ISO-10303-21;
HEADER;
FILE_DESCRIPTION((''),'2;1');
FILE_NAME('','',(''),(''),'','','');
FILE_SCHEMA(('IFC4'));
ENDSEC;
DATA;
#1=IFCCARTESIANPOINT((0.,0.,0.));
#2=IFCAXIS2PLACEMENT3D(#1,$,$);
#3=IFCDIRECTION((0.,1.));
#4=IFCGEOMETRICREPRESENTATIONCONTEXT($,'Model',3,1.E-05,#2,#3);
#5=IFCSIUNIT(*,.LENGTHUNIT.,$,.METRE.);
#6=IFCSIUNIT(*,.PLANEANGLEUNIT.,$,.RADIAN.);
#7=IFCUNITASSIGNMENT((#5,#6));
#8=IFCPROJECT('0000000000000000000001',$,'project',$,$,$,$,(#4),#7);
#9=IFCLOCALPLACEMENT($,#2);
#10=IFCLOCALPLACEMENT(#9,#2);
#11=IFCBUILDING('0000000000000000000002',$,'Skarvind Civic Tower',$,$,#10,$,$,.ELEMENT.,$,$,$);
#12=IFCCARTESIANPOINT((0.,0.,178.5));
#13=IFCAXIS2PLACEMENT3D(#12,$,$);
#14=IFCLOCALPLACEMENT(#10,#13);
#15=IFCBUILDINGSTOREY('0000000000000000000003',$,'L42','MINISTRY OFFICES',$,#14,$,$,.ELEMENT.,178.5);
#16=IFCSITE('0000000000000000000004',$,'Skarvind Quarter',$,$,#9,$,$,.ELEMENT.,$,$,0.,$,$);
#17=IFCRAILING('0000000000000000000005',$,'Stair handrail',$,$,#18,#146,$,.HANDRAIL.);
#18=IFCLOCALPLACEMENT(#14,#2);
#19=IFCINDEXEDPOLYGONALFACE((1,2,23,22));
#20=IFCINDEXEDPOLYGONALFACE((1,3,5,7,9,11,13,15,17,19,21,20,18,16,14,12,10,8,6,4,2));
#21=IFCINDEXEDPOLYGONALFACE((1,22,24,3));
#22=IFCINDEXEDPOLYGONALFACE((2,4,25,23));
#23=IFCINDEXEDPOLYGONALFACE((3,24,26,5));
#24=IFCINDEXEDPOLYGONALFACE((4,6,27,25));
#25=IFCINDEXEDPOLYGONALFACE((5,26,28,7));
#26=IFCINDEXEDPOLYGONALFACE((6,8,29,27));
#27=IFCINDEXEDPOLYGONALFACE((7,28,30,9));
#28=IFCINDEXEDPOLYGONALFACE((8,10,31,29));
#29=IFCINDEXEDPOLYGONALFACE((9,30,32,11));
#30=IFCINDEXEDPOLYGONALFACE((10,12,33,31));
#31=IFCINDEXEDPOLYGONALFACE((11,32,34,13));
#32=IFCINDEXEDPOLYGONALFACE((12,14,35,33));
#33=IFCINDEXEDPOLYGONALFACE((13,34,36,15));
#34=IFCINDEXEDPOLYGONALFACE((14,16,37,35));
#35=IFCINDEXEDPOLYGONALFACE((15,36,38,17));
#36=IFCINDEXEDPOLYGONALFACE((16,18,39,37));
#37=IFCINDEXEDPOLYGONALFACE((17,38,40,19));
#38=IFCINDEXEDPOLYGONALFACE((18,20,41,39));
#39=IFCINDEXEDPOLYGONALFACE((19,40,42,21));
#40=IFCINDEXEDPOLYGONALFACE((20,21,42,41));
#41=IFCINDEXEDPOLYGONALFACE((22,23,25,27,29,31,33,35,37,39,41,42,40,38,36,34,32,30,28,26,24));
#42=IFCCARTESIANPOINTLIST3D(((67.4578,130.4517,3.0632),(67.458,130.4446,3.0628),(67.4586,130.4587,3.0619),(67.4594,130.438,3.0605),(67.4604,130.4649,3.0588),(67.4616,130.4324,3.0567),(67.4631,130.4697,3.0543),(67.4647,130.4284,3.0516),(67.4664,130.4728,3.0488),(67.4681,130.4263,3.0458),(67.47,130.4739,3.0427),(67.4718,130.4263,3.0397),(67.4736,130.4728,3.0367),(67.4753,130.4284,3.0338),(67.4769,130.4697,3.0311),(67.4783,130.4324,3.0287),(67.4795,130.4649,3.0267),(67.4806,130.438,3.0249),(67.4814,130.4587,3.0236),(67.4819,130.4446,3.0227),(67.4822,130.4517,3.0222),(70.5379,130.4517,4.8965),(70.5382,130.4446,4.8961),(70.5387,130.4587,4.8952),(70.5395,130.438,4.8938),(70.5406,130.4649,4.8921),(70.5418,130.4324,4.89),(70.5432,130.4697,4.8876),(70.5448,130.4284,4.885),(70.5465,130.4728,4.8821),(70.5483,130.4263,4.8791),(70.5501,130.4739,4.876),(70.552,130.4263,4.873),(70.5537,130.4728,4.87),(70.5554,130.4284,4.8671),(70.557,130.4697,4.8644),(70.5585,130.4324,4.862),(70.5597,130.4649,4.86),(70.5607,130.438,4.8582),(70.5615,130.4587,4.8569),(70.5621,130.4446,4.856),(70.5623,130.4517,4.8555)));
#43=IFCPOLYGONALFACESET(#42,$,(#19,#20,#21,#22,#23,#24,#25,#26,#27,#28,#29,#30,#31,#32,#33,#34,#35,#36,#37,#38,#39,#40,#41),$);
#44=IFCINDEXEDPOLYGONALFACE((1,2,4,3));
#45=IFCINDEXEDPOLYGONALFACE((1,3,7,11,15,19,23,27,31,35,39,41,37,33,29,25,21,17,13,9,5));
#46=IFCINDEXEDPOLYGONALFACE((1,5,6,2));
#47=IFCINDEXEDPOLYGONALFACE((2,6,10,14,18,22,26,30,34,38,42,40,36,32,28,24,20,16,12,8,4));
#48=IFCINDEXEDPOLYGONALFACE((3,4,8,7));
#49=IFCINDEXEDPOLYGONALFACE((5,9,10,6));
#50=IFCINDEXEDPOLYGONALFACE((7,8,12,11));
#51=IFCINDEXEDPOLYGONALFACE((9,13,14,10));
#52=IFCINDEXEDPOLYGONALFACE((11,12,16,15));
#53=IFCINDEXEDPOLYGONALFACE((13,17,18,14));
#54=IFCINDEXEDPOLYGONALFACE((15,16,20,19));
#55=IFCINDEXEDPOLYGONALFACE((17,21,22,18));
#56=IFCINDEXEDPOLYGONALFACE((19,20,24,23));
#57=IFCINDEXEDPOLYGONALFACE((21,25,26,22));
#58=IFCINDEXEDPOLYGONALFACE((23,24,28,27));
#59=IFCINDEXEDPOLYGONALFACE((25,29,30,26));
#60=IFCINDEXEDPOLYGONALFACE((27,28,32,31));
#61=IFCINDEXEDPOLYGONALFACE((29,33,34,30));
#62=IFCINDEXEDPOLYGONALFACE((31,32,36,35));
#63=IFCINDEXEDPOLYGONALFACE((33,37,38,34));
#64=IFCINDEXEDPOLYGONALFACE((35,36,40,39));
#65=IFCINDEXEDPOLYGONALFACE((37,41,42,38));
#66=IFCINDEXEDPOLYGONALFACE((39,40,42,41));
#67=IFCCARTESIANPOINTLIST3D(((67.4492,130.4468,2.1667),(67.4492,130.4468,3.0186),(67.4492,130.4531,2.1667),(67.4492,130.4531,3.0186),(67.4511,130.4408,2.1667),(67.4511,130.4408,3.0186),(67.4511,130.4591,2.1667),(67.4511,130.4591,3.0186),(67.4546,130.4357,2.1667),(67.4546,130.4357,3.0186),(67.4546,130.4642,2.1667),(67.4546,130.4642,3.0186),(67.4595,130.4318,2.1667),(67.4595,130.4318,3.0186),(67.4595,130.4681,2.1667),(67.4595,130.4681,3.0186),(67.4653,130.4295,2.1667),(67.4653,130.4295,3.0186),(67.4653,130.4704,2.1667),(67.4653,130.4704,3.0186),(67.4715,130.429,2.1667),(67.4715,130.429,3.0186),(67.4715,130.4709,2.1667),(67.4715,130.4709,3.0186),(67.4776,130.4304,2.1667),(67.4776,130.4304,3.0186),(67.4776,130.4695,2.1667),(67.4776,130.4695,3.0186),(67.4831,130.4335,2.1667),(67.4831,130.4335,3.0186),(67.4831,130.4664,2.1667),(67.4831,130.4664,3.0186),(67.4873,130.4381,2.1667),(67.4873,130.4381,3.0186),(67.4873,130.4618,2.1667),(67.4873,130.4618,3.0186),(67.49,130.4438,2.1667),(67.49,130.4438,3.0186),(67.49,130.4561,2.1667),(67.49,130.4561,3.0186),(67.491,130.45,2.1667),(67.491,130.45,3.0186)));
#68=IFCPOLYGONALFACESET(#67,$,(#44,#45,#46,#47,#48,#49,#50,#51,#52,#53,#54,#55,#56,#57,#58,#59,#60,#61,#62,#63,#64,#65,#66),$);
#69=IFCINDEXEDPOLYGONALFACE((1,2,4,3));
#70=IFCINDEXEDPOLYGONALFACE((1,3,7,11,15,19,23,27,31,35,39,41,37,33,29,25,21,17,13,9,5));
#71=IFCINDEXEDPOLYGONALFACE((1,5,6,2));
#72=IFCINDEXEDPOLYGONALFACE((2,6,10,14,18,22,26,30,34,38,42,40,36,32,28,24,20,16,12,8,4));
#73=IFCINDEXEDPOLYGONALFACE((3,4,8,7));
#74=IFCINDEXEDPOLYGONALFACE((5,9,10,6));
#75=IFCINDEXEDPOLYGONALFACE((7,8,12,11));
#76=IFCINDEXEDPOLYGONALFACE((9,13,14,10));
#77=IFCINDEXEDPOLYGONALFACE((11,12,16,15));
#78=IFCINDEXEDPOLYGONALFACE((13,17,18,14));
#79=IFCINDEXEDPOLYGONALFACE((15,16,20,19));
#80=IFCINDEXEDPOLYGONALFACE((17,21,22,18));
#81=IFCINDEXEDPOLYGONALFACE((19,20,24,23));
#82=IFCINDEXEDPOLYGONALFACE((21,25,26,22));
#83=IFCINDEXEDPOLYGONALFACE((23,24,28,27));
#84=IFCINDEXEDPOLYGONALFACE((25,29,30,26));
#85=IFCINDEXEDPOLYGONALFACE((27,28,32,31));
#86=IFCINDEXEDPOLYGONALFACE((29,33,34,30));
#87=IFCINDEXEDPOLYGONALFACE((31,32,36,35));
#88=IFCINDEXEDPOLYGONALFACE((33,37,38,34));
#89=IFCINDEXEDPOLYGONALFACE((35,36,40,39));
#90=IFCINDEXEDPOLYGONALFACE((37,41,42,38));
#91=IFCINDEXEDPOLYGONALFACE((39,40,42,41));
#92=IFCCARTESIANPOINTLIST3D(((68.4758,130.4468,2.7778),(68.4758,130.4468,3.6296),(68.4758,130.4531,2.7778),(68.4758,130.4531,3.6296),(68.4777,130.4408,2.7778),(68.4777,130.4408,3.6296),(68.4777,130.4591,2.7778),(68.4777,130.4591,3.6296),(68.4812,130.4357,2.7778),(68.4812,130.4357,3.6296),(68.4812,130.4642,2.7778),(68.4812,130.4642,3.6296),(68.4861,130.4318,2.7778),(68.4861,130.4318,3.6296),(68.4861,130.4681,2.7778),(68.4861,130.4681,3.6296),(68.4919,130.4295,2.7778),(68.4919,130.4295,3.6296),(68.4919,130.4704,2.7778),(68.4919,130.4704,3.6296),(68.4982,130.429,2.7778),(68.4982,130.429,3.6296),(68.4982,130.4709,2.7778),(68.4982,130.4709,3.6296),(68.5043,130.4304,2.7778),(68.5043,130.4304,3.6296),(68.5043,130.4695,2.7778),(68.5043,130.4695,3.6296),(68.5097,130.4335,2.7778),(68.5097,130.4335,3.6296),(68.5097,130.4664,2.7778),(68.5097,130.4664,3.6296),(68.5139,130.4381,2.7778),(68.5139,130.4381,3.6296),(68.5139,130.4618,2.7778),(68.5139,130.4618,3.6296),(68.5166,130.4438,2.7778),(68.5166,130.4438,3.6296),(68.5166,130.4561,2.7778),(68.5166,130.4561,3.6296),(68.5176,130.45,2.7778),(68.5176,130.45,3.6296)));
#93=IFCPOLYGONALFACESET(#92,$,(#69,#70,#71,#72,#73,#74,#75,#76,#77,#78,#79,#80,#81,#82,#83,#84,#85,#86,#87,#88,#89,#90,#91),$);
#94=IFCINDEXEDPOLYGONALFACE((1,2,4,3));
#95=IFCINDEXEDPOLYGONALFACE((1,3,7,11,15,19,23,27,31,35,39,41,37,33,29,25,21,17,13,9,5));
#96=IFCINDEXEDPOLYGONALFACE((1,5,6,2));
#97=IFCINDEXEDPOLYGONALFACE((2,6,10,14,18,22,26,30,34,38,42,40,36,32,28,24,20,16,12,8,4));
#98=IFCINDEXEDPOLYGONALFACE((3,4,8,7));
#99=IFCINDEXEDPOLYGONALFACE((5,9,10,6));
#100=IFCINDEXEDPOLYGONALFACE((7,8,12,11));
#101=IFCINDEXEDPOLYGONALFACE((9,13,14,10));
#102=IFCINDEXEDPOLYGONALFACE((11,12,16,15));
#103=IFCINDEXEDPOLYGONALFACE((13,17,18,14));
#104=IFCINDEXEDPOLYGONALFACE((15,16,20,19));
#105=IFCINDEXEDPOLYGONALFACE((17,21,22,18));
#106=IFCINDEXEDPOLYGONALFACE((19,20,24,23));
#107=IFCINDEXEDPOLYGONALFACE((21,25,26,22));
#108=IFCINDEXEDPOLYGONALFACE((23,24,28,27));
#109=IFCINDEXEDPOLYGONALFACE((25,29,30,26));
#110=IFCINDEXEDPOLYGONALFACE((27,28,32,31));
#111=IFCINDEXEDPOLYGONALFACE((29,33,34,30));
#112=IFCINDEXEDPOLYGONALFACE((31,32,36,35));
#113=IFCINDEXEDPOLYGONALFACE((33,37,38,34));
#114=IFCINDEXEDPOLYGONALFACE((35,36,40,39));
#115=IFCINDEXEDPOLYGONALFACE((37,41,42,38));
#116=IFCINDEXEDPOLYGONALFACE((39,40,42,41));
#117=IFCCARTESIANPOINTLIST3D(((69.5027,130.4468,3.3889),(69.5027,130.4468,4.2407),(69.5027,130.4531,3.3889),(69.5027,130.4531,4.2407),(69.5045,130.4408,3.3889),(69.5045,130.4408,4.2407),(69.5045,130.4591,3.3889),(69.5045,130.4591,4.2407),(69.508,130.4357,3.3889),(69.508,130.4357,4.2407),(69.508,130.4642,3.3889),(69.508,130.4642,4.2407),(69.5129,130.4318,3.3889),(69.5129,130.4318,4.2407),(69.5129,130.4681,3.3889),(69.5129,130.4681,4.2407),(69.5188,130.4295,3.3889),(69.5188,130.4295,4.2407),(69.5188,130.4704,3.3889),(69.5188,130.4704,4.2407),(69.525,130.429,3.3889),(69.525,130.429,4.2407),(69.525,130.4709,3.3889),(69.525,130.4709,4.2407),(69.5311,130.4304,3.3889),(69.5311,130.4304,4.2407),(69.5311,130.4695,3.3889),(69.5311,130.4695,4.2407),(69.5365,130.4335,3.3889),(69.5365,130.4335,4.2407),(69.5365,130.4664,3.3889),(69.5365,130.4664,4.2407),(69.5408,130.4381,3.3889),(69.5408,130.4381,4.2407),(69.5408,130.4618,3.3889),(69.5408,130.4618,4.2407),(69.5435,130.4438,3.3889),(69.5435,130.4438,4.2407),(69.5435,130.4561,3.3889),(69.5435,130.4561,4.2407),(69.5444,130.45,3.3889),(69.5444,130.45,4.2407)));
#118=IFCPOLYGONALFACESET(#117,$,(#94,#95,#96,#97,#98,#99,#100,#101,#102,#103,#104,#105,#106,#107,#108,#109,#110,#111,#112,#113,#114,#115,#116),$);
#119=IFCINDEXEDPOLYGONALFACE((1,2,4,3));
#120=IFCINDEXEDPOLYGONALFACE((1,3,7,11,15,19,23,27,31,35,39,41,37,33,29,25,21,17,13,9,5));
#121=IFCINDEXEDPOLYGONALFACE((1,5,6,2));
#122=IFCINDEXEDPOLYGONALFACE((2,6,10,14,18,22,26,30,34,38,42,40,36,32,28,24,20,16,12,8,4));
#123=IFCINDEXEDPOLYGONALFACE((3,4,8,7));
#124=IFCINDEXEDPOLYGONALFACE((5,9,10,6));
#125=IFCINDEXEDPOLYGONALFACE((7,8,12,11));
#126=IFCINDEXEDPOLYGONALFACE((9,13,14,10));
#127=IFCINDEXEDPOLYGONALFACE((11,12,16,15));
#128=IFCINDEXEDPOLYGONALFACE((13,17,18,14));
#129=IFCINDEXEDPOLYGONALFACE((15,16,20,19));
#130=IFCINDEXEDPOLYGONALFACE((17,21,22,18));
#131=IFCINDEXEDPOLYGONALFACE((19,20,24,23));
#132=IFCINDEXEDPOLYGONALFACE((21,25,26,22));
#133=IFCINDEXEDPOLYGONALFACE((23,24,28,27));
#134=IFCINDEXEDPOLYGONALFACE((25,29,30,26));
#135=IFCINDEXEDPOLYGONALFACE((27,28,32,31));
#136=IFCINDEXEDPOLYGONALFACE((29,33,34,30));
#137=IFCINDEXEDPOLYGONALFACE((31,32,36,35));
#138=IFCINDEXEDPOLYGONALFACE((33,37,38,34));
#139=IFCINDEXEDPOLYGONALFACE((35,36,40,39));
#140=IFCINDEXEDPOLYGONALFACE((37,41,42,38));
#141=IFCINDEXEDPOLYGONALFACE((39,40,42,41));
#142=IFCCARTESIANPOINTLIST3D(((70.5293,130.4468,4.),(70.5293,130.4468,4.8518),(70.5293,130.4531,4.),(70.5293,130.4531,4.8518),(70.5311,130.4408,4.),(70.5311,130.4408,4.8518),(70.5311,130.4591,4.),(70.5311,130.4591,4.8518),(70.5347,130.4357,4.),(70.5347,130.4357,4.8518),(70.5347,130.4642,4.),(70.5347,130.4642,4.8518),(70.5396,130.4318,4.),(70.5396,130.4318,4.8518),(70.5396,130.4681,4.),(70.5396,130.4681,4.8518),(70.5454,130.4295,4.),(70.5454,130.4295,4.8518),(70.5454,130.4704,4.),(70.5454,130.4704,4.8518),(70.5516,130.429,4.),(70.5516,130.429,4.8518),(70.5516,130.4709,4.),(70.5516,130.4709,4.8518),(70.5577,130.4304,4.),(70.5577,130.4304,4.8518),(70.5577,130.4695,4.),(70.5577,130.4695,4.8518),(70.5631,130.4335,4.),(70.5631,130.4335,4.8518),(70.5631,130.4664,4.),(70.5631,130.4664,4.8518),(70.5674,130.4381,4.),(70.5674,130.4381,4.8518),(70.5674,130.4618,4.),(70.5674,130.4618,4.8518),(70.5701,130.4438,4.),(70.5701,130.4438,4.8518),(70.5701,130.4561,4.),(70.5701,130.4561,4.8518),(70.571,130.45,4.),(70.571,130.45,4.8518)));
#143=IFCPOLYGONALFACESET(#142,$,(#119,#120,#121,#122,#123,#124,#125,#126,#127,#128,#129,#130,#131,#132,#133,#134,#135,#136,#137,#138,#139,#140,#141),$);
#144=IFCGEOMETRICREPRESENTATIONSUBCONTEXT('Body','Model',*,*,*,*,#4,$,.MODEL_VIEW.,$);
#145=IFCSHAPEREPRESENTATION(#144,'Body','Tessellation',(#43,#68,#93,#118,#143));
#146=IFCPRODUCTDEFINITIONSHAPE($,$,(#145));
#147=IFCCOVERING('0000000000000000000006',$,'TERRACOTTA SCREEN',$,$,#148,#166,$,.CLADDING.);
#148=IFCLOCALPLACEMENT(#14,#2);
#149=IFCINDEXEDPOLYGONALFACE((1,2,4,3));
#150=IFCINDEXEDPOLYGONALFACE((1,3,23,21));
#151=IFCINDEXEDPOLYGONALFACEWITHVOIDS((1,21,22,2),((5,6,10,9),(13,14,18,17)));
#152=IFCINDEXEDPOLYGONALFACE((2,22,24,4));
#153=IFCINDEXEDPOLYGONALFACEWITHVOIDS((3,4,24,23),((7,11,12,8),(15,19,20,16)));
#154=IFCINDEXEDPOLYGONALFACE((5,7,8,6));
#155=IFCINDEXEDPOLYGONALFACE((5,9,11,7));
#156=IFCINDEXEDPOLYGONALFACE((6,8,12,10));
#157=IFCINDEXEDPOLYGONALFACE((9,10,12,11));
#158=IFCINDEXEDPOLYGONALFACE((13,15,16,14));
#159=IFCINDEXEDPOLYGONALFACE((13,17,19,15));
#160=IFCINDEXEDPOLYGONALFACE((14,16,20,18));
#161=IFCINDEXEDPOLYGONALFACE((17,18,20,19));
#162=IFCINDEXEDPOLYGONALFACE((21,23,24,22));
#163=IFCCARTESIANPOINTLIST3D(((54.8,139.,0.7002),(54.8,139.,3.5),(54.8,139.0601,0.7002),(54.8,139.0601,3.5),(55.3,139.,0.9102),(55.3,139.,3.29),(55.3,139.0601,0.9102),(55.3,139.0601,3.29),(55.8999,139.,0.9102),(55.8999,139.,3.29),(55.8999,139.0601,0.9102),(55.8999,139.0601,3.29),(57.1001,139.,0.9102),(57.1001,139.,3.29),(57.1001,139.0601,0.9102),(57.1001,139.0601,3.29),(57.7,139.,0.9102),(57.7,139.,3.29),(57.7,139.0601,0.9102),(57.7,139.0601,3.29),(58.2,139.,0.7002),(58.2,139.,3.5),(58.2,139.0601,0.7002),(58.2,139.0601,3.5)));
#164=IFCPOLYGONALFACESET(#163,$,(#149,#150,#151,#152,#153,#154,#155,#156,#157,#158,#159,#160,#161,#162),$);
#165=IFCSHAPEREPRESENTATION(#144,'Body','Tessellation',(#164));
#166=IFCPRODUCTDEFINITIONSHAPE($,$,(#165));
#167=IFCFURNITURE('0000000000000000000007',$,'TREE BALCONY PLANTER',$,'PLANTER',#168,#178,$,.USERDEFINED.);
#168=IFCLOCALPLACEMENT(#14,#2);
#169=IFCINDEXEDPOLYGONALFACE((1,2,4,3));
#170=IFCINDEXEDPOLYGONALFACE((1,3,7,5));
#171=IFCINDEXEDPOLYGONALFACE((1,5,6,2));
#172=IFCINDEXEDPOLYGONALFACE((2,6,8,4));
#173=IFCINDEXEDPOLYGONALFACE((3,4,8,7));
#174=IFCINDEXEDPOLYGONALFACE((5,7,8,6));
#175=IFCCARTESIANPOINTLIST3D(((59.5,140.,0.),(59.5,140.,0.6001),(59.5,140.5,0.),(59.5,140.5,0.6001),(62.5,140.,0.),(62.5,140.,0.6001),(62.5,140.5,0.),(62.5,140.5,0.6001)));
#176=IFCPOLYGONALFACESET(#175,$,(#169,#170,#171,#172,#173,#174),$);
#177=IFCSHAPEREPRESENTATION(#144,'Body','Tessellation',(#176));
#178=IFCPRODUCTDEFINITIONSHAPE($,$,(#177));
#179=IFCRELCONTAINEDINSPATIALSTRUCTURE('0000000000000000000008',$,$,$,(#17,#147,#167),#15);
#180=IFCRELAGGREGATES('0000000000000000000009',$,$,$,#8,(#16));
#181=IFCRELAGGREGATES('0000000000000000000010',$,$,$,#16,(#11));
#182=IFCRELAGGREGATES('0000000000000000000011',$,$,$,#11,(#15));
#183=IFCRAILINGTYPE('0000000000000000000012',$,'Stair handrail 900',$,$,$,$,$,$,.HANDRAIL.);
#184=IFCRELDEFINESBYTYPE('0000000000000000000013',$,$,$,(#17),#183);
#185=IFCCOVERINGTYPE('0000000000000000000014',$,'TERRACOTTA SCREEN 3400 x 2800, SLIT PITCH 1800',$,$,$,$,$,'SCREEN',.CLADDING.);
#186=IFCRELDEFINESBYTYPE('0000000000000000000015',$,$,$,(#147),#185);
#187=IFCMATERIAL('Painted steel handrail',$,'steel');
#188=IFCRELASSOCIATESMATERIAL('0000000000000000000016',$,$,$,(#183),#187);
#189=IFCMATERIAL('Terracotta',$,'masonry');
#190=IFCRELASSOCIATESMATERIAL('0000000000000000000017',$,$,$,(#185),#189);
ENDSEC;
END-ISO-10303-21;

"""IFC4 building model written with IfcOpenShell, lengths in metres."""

from ifc_helpers import new_model, si_unit, direction, frame, origin, origin_2d, place, context, subcontext, project, spatial, polyline, rectangle, circle, outline, extrude, material, material_profile, profile_set, type_object, element, save


model = new_model("IFC4")

# Units and contexts
model_context = context("Model", 3, precision=1e-05, world=origin(), true_north=direction((0.0, 1.0)))
body_context = subcontext(model_context, "Body", "Model", "MODEL_VIEW")
ifc_project = project(units=[si_unit("LENGTHUNIT", "METRE"), si_unit("PLANEANGLEUNIT", "RADIAN")], contexts=[model_context])

# Site, building, storey
site_placement = place(None, origin())
site = spatial("IfcSite", under=ifc_project, at=site_placement, Name="Skarvind Quarter", CompositionType="ELEMENT", RefElevation=0.0)
building_placement = place(site_placement, origin())
building = spatial("IfcBuilding", under=site, at=building_placement, Name="Skarvind Civic Tower", CompositionType="ELEMENT")
storey_placement = place(building_placement, frame((0.0, 0.0, 178.5)))
storey = spatial("IfcBuildingStorey", under=building, at=storey_placement, Name="L42", Description="MINISTRY OFFICES", CompositionType="ELEMENT", Elevation=178.5)

# Railing
ifc_material_1 = material(Name="Painted steel handrail", Category="steel")
railing_type_1 = type_object("IfcRailingType", Name="Stair handrail 900", PredefinedType="HANDRAIL", material=ifc_material_1)
railing_1_placement = place(storey_placement, frame((67.47, 130.45, 2.1667)))
element("IfcRailing", 1, at=railing_1_placement, inside=storey, type_object=railing_type_1, Name="Stair handrail", PredefinedType="HANDRAIL", context=body_context, shape_type="SweptSolid", body=[
    extrude(circle(Radius=0.0239, at=origin_2d()), frame((0.0, 0.0, 0.876), z_axis=(0.859309, 0.0, 0.511458), x_axis=(0.0, 1.0, 0.0)), (0.0, 0.0, 1.0), 3.5845),
    extrude(circle(Radius=0.021, at=origin_2d()), origin(), (0.0, 0.0, 1.0), 0.8518),
    extrude(circle(Radius=0.021, at=origin_2d()), frame((1.0266, 0.0, 0.6111)), (0.0, 0.0, 1.0), 0.8518),
    extrude(circle(Radius=0.021, at=origin_2d()), frame((2.0535, 0.0, 1.2222)), (0.0, 0.0, 1.0), 0.8518),
    extrude(circle(Radius=0.021, at=origin_2d()), frame((3.0801, 0.0, 1.8333)), (0.0, 0.0, 1.0), 0.8518),
])

# Covering
ifc_material_2 = material(Name="Terracotta", Category="masonry")
ifc_material_profile_1 = material_profile(ifc_material_2, outline(polyline([(-1.7, -1.3999), (1.7, -1.3999), (1.7, 1.3999), (-1.7, 1.3999), (-1.7, -1.3999)]), holes=[polyline([(-1.2, -1.1899), (-0.6001, -1.1899), (-0.6001, 1.1899), (-1.2, 1.1899), (-1.2, -1.1899)]), polyline([(0.6001, -1.1899), (1.2, -1.1899), (1.2, 1.1899), (0.6001, 1.1899), (0.6001, -1.1899)])]), Name="TERRACOTTA SCREEN 3400 x 2800, SLIT PITCH 1800")
ifc_profile_set_1 = profile_set([ifc_material_profile_1], Name="Terracotta")
covering_type = type_object("IfcCoveringType", Name="TERRACOTTA SCREEN 3400 x 2800, SLIT PITCH 1800", ElementType="SCREEN", PredefinedType="CLADDING", material=ifc_profile_set_1)
covering_placement = place(storey_placement, frame((56.5, 139.0, 2.1001), z_axis=(0.0, 1.0, 0.0), x_axis=(-1.0, 0.0, 0.0)))
element("IfcCovering", 2, at=covering_placement, inside=storey, type_object=covering_type, Name="TERRACOTTA SCREEN", PredefinedType="CLADDING", context=body_context, shape_type="SweptSolid", body=[
    extrude(outline(polyline([(-1.7, -1.3999), (1.7, -1.3999), (1.7, 1.3999), (-1.7, 1.3999), (-1.7, -1.3999)]), holes=[polyline([(-1.2, -1.1899), (-0.6001, -1.1899), (-0.6001, 1.1899), (-1.2, 1.1899), (-1.2, -1.1899)]), polyline([(0.6001, -1.1899), (1.2, -1.1899), (1.2, 1.1899), (0.6001, 1.1899), (0.6001, -1.1899)])]), origin(), (0.0, 0.0, 1.0), 0.0601),
])

# Furniture
furniture_placement = place(storey_placement, frame((61.0, 140.25, 0.0), z_axis=(0.0, 0.0, 1.0), x_axis=(1.0, 0.0, 0.0)))
element("IfcFurniture", 3, at=furniture_placement, inside=storey, Name="TREE BALCONY PLANTER", ObjectType="PLANTER", PredefinedType="USERDEFINED", context=body_context, shape_type="SweptSolid", body=[
    extrude(rectangle(XDim=3.0, YDim=0.5, at=origin_2d()), origin(), (0.0, 0.0, 1.0), 0.6001),
])

save(model, "model.ifc")
